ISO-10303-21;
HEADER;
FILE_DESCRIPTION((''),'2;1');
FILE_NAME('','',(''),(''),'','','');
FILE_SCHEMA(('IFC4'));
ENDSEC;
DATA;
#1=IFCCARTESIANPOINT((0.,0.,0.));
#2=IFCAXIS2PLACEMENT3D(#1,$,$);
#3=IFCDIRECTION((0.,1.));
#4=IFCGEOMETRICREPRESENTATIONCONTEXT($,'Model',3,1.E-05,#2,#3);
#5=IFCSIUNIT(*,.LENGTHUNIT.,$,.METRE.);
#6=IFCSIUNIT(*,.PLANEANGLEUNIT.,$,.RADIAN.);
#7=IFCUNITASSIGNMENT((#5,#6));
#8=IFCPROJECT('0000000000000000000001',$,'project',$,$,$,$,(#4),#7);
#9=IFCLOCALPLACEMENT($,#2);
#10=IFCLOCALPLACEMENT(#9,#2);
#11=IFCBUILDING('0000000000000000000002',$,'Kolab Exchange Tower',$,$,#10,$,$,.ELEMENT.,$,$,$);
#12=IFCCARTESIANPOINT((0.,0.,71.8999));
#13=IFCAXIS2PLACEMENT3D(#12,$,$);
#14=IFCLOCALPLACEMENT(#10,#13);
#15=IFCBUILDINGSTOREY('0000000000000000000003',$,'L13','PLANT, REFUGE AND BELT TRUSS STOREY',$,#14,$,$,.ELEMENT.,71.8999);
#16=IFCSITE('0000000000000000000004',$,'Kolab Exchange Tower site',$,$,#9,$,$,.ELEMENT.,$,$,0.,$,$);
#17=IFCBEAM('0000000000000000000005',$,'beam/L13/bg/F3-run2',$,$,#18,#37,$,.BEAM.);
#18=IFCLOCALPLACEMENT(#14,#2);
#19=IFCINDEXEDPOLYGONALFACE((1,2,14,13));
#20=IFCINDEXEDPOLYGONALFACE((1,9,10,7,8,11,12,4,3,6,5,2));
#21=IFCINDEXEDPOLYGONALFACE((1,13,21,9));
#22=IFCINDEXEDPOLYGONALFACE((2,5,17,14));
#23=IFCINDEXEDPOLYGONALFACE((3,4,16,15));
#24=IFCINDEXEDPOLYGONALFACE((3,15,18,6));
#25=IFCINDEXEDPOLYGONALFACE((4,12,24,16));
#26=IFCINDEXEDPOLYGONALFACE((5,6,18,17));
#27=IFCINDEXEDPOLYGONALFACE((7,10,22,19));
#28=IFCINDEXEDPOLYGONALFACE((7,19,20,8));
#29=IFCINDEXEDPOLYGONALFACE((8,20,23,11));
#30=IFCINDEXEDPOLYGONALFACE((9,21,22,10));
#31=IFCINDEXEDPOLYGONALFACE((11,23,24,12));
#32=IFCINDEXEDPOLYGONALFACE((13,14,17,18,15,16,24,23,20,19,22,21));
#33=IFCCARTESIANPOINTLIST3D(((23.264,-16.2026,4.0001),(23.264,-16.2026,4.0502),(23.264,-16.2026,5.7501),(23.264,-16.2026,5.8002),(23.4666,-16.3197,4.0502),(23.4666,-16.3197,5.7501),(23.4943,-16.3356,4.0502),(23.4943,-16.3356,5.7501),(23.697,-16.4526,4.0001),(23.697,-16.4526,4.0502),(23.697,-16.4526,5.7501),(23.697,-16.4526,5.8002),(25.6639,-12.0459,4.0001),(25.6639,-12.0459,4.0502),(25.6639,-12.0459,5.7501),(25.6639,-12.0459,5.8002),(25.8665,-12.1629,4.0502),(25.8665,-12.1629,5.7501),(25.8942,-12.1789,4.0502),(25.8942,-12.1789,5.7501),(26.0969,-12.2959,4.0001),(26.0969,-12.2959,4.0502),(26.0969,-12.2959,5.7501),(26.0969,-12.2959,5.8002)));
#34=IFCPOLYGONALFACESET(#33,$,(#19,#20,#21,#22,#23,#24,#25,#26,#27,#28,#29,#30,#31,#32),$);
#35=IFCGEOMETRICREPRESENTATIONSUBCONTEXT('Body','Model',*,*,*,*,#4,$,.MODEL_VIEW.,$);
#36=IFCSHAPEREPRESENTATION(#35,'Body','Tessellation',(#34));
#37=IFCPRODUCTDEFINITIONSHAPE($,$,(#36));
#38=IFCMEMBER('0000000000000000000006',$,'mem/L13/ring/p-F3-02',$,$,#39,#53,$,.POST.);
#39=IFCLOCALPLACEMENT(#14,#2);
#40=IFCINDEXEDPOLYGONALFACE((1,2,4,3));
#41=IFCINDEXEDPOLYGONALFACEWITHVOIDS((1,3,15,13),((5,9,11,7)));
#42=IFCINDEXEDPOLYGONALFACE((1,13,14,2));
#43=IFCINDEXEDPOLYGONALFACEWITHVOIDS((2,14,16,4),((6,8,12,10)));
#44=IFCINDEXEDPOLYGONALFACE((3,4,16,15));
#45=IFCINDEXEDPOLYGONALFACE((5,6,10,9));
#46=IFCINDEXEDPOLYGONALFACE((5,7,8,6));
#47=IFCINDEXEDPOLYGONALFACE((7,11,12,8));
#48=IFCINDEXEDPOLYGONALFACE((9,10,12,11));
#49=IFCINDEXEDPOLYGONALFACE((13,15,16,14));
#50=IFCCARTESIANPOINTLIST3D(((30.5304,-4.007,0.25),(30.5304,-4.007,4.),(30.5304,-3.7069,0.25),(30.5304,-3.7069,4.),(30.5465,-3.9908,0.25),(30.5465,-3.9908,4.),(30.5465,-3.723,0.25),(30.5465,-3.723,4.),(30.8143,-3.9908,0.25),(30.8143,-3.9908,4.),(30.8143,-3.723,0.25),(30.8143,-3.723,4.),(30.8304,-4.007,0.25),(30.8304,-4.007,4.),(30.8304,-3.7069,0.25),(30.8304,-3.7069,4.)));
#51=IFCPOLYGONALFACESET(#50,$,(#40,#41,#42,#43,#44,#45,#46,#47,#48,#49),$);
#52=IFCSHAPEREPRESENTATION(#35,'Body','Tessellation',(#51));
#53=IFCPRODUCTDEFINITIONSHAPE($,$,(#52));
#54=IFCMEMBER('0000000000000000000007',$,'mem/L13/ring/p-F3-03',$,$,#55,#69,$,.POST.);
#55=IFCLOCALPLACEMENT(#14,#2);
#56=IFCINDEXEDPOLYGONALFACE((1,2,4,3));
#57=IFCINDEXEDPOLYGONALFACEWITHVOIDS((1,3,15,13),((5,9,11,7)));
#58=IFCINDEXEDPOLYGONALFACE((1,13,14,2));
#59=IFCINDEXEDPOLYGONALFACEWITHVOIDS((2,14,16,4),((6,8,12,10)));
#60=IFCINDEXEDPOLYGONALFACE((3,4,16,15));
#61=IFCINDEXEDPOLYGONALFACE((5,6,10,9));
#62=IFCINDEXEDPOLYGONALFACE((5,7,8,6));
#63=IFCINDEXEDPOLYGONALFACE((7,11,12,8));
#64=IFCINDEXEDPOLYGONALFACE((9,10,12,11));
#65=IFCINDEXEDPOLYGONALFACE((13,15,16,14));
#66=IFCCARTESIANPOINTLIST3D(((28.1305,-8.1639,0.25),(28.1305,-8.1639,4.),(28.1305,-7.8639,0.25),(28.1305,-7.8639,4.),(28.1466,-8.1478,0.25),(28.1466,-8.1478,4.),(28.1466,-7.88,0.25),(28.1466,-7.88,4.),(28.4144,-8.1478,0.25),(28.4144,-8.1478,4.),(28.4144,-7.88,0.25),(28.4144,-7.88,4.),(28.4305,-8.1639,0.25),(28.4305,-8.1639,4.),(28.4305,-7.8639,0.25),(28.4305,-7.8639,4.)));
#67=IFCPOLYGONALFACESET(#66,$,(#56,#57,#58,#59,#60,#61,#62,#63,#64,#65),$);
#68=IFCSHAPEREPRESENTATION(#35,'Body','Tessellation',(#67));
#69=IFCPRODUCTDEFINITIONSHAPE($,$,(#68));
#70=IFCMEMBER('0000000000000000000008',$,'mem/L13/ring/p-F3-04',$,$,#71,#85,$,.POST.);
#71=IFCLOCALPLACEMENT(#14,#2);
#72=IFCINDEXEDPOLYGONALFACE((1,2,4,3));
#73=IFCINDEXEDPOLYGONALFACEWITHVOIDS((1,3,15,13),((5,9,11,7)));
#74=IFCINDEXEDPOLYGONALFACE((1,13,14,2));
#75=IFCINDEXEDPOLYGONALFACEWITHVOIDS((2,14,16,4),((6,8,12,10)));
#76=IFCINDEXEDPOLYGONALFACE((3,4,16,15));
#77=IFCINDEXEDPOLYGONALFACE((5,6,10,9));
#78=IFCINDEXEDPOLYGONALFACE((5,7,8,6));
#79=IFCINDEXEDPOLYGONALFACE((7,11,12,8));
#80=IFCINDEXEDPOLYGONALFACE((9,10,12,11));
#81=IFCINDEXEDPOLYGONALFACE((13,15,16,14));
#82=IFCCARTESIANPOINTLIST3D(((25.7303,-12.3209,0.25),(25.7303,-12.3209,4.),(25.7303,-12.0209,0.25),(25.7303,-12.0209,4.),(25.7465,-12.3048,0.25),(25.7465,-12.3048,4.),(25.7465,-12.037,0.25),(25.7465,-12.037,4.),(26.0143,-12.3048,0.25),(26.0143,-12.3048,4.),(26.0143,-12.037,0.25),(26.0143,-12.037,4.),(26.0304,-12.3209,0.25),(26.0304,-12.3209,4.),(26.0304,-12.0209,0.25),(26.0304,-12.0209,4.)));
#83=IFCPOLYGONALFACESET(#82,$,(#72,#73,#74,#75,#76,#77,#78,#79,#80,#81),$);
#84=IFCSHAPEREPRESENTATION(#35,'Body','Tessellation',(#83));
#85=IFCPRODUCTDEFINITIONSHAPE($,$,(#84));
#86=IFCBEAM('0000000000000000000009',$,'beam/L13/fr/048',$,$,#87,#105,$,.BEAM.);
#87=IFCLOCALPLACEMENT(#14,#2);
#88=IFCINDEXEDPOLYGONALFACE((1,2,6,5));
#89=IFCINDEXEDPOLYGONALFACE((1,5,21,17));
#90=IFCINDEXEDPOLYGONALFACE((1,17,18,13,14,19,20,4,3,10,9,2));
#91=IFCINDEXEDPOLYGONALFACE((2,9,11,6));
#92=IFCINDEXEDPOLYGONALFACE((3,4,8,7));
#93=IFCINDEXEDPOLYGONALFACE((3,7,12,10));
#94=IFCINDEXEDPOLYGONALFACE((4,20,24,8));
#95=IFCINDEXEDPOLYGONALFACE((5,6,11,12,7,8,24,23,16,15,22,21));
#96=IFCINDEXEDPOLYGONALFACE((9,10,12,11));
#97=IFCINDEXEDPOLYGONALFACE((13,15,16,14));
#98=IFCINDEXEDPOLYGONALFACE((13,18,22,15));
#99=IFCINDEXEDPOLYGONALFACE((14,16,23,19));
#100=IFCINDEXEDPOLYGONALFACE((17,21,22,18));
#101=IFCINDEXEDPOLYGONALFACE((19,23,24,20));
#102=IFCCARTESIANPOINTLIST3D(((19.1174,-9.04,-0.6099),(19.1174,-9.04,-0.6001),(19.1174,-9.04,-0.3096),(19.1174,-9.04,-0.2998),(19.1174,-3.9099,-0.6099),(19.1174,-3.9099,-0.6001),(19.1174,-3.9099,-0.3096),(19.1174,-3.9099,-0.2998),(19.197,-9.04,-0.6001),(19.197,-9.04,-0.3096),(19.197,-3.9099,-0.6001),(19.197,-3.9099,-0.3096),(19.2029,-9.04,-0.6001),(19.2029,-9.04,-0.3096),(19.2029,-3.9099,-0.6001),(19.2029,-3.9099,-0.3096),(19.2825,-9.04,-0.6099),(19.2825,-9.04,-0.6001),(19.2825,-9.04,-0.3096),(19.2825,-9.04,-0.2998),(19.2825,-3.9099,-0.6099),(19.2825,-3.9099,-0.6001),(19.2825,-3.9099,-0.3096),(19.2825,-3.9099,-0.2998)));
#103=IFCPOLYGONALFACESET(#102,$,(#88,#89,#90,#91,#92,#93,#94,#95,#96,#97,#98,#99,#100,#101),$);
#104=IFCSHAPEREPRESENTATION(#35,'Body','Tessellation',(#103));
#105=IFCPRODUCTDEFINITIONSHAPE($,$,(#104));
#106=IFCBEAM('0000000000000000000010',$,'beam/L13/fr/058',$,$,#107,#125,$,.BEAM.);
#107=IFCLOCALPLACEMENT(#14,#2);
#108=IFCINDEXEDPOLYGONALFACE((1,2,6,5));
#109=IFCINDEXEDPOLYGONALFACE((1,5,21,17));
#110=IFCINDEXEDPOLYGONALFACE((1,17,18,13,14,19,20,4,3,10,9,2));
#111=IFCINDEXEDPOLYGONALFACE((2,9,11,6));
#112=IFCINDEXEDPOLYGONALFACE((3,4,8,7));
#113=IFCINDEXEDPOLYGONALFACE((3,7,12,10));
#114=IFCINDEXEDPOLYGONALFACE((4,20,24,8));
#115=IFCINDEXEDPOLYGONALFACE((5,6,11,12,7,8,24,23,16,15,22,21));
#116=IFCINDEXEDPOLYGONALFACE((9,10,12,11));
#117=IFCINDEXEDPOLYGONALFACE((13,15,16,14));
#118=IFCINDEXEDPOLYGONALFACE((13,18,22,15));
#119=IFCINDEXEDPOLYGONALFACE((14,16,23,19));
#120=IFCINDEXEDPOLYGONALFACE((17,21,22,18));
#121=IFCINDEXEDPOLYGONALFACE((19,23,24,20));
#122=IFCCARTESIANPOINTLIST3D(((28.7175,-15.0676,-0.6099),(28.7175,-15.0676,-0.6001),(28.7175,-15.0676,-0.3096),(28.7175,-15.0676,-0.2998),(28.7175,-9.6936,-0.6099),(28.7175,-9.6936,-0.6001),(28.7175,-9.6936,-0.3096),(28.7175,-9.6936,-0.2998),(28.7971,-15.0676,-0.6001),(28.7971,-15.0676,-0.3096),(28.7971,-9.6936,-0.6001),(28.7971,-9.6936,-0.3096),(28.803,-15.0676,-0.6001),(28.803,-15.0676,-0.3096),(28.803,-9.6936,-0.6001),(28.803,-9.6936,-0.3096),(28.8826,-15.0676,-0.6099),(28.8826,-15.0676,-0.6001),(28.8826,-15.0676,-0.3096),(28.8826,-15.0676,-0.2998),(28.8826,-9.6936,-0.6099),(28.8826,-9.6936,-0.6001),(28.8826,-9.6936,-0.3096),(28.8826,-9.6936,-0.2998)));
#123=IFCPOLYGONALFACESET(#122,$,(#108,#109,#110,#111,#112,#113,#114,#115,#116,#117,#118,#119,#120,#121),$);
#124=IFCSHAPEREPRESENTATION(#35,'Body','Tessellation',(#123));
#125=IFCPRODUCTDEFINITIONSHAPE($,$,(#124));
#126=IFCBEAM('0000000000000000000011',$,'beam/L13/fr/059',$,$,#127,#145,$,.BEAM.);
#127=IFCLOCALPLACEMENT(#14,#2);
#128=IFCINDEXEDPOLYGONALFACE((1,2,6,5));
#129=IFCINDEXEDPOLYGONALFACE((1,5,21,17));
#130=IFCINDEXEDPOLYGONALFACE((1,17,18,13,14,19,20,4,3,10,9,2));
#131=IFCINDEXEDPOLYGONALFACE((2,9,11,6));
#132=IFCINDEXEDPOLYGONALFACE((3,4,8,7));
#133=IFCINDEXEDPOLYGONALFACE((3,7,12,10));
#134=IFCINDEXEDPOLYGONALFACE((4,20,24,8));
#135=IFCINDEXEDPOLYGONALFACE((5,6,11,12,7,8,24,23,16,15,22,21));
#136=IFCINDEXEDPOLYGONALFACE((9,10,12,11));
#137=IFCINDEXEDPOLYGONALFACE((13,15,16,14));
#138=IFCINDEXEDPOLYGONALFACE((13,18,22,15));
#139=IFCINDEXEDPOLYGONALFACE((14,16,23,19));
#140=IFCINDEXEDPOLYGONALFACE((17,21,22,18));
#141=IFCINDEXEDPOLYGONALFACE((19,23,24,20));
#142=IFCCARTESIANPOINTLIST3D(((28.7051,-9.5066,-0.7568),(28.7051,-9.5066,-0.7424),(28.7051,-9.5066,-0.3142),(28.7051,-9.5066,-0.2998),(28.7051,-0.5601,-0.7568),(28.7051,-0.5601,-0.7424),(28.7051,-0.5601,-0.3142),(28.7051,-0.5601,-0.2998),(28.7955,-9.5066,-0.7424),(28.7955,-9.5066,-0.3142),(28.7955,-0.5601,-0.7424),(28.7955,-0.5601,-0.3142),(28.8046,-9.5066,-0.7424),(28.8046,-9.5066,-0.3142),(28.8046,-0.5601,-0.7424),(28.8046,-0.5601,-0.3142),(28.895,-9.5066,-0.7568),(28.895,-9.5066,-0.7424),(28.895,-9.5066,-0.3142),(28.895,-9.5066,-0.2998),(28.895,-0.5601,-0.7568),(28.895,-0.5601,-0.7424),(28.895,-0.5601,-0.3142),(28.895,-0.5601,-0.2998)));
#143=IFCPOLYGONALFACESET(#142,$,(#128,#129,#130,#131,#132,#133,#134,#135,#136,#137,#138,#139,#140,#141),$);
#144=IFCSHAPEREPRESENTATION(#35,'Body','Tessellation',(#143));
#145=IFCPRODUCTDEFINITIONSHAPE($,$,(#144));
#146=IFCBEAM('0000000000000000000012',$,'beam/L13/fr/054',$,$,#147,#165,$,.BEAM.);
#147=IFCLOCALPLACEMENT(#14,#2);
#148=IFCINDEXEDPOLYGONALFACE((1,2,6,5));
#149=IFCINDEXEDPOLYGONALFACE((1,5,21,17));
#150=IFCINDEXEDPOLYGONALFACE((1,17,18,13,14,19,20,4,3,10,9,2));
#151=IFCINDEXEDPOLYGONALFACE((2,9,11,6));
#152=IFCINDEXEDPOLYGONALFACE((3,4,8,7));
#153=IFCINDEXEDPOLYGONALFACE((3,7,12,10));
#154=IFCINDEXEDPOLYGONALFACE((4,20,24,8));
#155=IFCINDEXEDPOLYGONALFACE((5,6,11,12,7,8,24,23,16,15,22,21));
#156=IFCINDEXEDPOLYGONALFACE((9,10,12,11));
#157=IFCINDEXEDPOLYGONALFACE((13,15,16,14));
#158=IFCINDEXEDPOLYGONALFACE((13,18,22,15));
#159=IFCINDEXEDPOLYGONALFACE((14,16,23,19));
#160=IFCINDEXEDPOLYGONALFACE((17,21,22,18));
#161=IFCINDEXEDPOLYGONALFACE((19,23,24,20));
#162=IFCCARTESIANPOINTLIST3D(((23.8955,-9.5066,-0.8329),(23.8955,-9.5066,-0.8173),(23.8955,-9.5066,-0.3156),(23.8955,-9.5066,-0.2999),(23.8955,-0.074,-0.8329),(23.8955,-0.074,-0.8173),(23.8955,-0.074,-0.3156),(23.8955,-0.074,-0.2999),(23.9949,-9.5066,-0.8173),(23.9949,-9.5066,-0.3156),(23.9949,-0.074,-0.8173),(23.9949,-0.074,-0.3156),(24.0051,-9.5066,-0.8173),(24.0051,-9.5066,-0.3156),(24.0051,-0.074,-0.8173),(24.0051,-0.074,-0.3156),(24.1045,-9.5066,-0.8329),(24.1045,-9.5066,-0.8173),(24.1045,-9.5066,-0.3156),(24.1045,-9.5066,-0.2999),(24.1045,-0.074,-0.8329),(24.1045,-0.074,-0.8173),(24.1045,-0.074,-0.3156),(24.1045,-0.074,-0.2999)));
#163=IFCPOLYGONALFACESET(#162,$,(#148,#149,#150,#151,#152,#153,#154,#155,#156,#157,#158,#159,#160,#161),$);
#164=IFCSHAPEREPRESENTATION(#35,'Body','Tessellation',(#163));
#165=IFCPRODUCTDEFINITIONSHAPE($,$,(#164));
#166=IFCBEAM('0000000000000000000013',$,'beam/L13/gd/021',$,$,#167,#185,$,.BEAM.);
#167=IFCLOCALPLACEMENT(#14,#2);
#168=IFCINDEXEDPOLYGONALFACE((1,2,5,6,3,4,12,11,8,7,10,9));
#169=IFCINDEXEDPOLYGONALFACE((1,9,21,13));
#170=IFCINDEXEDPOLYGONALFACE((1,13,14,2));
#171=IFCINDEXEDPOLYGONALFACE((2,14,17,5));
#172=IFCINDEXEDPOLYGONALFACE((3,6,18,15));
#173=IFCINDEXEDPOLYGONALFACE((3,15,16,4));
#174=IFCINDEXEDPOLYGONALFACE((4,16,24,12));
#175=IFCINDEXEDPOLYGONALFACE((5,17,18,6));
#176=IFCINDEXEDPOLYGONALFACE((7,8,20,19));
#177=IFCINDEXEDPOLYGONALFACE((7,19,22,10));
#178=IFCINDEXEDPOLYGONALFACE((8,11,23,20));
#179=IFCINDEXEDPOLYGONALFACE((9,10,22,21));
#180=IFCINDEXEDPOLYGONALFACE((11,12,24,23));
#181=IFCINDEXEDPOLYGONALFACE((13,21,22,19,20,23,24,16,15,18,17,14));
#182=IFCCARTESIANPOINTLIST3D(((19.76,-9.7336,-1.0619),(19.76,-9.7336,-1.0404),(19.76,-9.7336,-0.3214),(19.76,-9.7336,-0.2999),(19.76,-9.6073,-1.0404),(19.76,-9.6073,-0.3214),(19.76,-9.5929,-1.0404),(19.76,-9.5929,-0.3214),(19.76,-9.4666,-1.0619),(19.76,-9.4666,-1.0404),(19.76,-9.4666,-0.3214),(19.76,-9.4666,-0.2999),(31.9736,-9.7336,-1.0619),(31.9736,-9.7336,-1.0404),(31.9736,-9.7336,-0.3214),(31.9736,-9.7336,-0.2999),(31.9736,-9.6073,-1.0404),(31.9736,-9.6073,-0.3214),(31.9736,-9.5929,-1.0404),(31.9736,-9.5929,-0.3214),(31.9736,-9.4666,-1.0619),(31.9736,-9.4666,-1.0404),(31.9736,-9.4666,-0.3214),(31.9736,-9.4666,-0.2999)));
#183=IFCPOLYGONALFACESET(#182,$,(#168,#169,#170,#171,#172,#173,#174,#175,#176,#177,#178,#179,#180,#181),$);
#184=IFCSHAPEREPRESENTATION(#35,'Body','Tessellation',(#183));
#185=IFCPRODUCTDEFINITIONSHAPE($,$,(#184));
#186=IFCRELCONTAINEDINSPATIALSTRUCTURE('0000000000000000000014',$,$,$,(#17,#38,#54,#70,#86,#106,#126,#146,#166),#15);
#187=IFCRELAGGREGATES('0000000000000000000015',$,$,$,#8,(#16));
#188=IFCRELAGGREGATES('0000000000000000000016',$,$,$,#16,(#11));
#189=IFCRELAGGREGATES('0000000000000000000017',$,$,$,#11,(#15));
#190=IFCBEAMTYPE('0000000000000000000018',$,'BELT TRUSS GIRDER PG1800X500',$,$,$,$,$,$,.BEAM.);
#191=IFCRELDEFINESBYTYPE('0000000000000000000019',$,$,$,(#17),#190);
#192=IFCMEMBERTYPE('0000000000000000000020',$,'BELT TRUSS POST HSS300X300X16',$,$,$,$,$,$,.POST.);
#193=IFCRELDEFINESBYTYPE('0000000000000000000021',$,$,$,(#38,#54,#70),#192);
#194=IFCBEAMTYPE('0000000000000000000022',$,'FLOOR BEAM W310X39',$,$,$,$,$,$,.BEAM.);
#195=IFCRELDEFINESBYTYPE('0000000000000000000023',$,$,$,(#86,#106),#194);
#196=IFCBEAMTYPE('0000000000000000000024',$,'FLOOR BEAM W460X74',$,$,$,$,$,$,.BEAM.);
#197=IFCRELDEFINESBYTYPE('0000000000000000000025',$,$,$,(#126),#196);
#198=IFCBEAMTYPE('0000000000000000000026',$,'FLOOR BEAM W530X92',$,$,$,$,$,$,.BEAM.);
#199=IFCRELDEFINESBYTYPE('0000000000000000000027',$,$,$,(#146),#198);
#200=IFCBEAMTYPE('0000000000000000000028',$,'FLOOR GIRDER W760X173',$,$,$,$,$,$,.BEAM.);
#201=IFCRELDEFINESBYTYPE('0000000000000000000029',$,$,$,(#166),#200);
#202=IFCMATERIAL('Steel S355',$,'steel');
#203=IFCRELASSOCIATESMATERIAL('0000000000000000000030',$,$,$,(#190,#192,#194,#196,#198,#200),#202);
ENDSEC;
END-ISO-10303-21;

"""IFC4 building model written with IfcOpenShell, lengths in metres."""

from ifc_helpers import new_model, si_unit, direction, frame, origin, origin_2d, place, context, subcontext, project, spatial, hollow_rectangle, i_section, extrude, material, material_profile, profile_set, type_object, element, save


model = new_model("IFC4")

# Units and contexts
model_context = context("Model", 3, precision=1e-05, world=origin(), true_north=direction((0.0, 1.0)))
body_context = subcontext(model_context, "Body", "Model", "MODEL_VIEW")
ifc_project = project(units=[si_unit("LENGTHUNIT", "METRE"), si_unit("PLANEANGLEUNIT", "RADIAN")], contexts=[model_context])

# Site, building, storey
site_placement = place(None, origin())
site = spatial("IfcSite", under=ifc_project, at=site_placement, Name="Kolab Exchange Tower site", CompositionType="ELEMENT", RefElevation=0.0)
building_placement = place(site_placement, origin())
building = spatial("IfcBuilding", under=site, at=building_placement, Name="Kolab Exchange Tower", CompositionType="ELEMENT")
storey_placement = place(building_placement, frame((0.0, 0.0, 71.8999)))
storey = spatial("IfcBuildingStorey", under=building, at=storey_placement, Name="L13", Description="PLANT, REFUGE AND BELT TRUSS STOREY", CompositionType="ELEMENT", Elevation=71.8999)

# Shared definitions
ifc_material_1 = material(Name="Steel S355", Category="steel")

# Beam
ifc_material_profile_1 = material_profile(ifc_material_1, i_section(OverallWidth=0.5, OverallDepth=1.8, WebThickness=0.032, FlangeThickness=0.05, at=origin_2d()), Name="PG1800X500")
ifc_profile_set_1 = profile_set([ifc_material_profile_1], Name="Steel S355")
beam_type_1 = type_object("IfcBeamType", Name="BELT TRUSS GIRDER PG1800X500", PredefinedType="BEAM", material=ifc_profile_set_1)
beam_1_placement = place(storey_placement, frame((25.8804, -12.1709, 4.9001), z_axis=(-0.500001, -0.866025, 0.0), x_axis=(0.866025, -0.500001, 0.0)))
element("IfcBeam", 1, at=beam_1_placement, inside=storey, type_object=beam_type_1, Name="beam/L13/bg/F3-run2", PredefinedType="BEAM", context=body_context, shape_type="SweptSolid", body=[
    extrude(i_section(OverallWidth=0.5, OverallDepth=1.8, WebThickness=0.032, FlangeThickness=0.05, at=origin_2d()), origin(), (0.0, 0.0, 1.0), 4.7998),
])

# Members
ifc_material_profile_2 = material_profile(ifc_material_1, hollow_rectangle(XDim=0.3, YDim=0.3, WallThickness=0.0161, at=origin_2d()), Name="HSS300X300X16")
ifc_profile_set_2 = profile_set([ifc_material_profile_2], Name="Steel S355")
member_type_1 = type_object("IfcMemberType", Name="BELT TRUSS POST HSS300X300X16", PredefinedType="POST", material=ifc_profile_set_2)
for number, where, z_axis, x_axis, name in (
    (2, (30.6804, -3.8569, 0.25), (0.0, 0.0, 1.0), (1.0, 0.0, 0.0), "mem/L13/ring/p-F3-02"),
    (3, (28.2805, -8.0139, 0.25), (0.0, 0.0, 1.0), (1.0, 0.0, 0.0), "mem/L13/ring/p-F3-03"),
    (4, (25.8804, -12.1709, 0.25), (0.0, 0.0, 1.0), (1.0, 0.0, 0.0), "mem/L13/ring/p-F3-04"),
):
    element("IfcMember", number, at=place(storey_placement, frame(where, z_axis=z_axis, x_axis=x_axis)), inside=storey, type_object=member_type_1, Name=name, PredefinedType="POST", context=body_context, shape_type="SweptSolid", body=[
        extrude(hollow_rectangle(XDim=0.3, YDim=0.3, WallThickness=0.0161, at=origin_2d()), origin(), (0.0, 0.0, 1.0), 3.75),
    ])

# Beams
ifc_material_profile_3 = material_profile(ifc_material_1, i_section(OverallWidth=0.165, OverallDepth=0.3101, WebThickness=0.0059, FlangeThickness=0.0098, at=origin_2d()), Name="W310X39")
ifc_profile_set_3 = profile_set([ifc_material_profile_3], Name="Steel S355")
beam_type_2 = type_object("IfcBeamType", Name="FLOOR BEAM W310X39", PredefinedType="BEAM", material=ifc_profile_set_3)
beam_2_placement = place(storey_placement, frame((19.2, -9.04, -0.4548), z_axis=(0.0, 1.0, 0.0), x_axis=(-1.0, 0.0, 0.0)))
element("IfcBeam", 5, at=beam_2_placement, inside=storey, type_object=beam_type_2, Name="beam/L13/fr/048", PredefinedType="BEAM", context=body_context, shape_type="SweptSolid", body=[
    extrude(i_section(OverallWidth=0.165, OverallDepth=0.3101, WebThickness=0.0059, FlangeThickness=0.0098, at=origin_2d()), origin(), (0.0, 0.0, 1.0), 5.1301),
])
beam_3_placement = place(storey_placement, frame((28.8, -15.0676, -0.4548), z_axis=(0.0, 1.0, 0.0), x_axis=(-1.0, 0.0, 0.0)))
element("IfcBeam", 6, at=beam_3_placement, inside=storey, type_object=beam_type_2, Name="beam/L13/fr/058", PredefinedType="BEAM", context=body_context, shape_type="SweptSolid", body=[
    extrude(i_section(OverallWidth=0.165, OverallDepth=0.3101, WebThickness=0.0059, FlangeThickness=0.0098, at=origin_2d()), origin(), (0.0, 0.0, 1.0), 5.374),
])
ifc_material_profile_4 = material_profile(ifc_material_1, i_section(OverallWidth=0.1899, OverallDepth=0.457, WebThickness=0.009, FlangeThickness=0.0144, at=origin_2d()), Name="W460X74")
ifc_profile_set_4 = profile_set([ifc_material_profile_4], Name="Steel S355")
beam_type_3 = type_object("IfcBeamType", Name="FLOOR BEAM W460X74", PredefinedType="BEAM", material=ifc_profile_set_4)
beam_4_placement = place(storey_placement, frame((28.8, -9.5066, -0.5283), z_axis=(0.0, 1.0, 0.0), x_axis=(-1.0, 0.0, 0.0)))
element("IfcBeam", 7, at=beam_4_placement, inside=storey, type_object=beam_type_3, Name="beam/L13/fr/059", PredefinedType="BEAM", context=body_context, shape_type="SweptSolid", body=[
    extrude(i_section(OverallWidth=0.1899, OverallDepth=0.457, WebThickness=0.009, FlangeThickness=0.0144, at=origin_2d()), origin(), (0.0, 0.0, 1.0), 8.9465),
])
ifc_material_profile_5 = material_profile(ifc_material_1, i_section(OverallWidth=0.209, OverallDepth=0.533, WebThickness=0.0103, FlangeThickness=0.0156, at=origin_2d()), Name="W530X92")
ifc_profile_set_5 = profile_set([ifc_material_profile_5], Name="Steel S355")
beam_type_4 = type_object("IfcBeamType", Name="FLOOR BEAM W530X92", PredefinedType="BEAM", material=ifc_profile_set_5)
beam_5_placement = place(storey_placement, frame((24.0, -9.5066, -0.5664), z_axis=(0.0, 1.0, 0.0), x_axis=(-1.0, 0.0, 0.0)))
element("IfcBeam", 8, at=beam_5_placement, inside=storey, type_object=beam_type_4, Name="beam/L13/fr/054", PredefinedType="BEAM", context=body_context, shape_type="SweptSolid", body=[
    extrude(i_section(OverallWidth=0.209, OverallDepth=0.533, WebThickness=0.0103, FlangeThickness=0.0156, at=origin_2d()), origin(), (0.0, 0.0, 1.0), 9.4326),
])
ifc_material_profile_6 = material_profile(ifc_material_1, i_section(OverallWidth=0.2671, OverallDepth=0.762, WebThickness=0.0144, FlangeThickness=0.0215, at=origin_2d()), Name="W760X173")
ifc_profile_set_6 = profile_set([ifc_material_profile_6], Name="Steel S355")
beam_type_5 = type_object("IfcBeamType", Name="FLOOR GIRDER W760X173", PredefinedType="BEAM", material=ifc_profile_set_6)
beam_6_placement = place(storey_placement, frame((19.76, -9.6001, -0.6809), z_axis=(1.0, 0.0, 0.0), x_axis=(0.0, 1.0, 0.0)))
element("IfcBeam", 9, at=beam_6_placement, inside=storey, type_object=beam_type_5, Name="beam/L13/gd/021", PredefinedType="BEAM", context=body_context, shape_type="SweptSolid", body=[
    extrude(i_section(OverallWidth=0.2671, OverallDepth=0.762, WebThickness=0.0144, FlangeThickness=0.0215, at=origin_2d()), origin(), (0.0, 0.0, 1.0), 12.2136),
])

save(model, "model.ifc")
